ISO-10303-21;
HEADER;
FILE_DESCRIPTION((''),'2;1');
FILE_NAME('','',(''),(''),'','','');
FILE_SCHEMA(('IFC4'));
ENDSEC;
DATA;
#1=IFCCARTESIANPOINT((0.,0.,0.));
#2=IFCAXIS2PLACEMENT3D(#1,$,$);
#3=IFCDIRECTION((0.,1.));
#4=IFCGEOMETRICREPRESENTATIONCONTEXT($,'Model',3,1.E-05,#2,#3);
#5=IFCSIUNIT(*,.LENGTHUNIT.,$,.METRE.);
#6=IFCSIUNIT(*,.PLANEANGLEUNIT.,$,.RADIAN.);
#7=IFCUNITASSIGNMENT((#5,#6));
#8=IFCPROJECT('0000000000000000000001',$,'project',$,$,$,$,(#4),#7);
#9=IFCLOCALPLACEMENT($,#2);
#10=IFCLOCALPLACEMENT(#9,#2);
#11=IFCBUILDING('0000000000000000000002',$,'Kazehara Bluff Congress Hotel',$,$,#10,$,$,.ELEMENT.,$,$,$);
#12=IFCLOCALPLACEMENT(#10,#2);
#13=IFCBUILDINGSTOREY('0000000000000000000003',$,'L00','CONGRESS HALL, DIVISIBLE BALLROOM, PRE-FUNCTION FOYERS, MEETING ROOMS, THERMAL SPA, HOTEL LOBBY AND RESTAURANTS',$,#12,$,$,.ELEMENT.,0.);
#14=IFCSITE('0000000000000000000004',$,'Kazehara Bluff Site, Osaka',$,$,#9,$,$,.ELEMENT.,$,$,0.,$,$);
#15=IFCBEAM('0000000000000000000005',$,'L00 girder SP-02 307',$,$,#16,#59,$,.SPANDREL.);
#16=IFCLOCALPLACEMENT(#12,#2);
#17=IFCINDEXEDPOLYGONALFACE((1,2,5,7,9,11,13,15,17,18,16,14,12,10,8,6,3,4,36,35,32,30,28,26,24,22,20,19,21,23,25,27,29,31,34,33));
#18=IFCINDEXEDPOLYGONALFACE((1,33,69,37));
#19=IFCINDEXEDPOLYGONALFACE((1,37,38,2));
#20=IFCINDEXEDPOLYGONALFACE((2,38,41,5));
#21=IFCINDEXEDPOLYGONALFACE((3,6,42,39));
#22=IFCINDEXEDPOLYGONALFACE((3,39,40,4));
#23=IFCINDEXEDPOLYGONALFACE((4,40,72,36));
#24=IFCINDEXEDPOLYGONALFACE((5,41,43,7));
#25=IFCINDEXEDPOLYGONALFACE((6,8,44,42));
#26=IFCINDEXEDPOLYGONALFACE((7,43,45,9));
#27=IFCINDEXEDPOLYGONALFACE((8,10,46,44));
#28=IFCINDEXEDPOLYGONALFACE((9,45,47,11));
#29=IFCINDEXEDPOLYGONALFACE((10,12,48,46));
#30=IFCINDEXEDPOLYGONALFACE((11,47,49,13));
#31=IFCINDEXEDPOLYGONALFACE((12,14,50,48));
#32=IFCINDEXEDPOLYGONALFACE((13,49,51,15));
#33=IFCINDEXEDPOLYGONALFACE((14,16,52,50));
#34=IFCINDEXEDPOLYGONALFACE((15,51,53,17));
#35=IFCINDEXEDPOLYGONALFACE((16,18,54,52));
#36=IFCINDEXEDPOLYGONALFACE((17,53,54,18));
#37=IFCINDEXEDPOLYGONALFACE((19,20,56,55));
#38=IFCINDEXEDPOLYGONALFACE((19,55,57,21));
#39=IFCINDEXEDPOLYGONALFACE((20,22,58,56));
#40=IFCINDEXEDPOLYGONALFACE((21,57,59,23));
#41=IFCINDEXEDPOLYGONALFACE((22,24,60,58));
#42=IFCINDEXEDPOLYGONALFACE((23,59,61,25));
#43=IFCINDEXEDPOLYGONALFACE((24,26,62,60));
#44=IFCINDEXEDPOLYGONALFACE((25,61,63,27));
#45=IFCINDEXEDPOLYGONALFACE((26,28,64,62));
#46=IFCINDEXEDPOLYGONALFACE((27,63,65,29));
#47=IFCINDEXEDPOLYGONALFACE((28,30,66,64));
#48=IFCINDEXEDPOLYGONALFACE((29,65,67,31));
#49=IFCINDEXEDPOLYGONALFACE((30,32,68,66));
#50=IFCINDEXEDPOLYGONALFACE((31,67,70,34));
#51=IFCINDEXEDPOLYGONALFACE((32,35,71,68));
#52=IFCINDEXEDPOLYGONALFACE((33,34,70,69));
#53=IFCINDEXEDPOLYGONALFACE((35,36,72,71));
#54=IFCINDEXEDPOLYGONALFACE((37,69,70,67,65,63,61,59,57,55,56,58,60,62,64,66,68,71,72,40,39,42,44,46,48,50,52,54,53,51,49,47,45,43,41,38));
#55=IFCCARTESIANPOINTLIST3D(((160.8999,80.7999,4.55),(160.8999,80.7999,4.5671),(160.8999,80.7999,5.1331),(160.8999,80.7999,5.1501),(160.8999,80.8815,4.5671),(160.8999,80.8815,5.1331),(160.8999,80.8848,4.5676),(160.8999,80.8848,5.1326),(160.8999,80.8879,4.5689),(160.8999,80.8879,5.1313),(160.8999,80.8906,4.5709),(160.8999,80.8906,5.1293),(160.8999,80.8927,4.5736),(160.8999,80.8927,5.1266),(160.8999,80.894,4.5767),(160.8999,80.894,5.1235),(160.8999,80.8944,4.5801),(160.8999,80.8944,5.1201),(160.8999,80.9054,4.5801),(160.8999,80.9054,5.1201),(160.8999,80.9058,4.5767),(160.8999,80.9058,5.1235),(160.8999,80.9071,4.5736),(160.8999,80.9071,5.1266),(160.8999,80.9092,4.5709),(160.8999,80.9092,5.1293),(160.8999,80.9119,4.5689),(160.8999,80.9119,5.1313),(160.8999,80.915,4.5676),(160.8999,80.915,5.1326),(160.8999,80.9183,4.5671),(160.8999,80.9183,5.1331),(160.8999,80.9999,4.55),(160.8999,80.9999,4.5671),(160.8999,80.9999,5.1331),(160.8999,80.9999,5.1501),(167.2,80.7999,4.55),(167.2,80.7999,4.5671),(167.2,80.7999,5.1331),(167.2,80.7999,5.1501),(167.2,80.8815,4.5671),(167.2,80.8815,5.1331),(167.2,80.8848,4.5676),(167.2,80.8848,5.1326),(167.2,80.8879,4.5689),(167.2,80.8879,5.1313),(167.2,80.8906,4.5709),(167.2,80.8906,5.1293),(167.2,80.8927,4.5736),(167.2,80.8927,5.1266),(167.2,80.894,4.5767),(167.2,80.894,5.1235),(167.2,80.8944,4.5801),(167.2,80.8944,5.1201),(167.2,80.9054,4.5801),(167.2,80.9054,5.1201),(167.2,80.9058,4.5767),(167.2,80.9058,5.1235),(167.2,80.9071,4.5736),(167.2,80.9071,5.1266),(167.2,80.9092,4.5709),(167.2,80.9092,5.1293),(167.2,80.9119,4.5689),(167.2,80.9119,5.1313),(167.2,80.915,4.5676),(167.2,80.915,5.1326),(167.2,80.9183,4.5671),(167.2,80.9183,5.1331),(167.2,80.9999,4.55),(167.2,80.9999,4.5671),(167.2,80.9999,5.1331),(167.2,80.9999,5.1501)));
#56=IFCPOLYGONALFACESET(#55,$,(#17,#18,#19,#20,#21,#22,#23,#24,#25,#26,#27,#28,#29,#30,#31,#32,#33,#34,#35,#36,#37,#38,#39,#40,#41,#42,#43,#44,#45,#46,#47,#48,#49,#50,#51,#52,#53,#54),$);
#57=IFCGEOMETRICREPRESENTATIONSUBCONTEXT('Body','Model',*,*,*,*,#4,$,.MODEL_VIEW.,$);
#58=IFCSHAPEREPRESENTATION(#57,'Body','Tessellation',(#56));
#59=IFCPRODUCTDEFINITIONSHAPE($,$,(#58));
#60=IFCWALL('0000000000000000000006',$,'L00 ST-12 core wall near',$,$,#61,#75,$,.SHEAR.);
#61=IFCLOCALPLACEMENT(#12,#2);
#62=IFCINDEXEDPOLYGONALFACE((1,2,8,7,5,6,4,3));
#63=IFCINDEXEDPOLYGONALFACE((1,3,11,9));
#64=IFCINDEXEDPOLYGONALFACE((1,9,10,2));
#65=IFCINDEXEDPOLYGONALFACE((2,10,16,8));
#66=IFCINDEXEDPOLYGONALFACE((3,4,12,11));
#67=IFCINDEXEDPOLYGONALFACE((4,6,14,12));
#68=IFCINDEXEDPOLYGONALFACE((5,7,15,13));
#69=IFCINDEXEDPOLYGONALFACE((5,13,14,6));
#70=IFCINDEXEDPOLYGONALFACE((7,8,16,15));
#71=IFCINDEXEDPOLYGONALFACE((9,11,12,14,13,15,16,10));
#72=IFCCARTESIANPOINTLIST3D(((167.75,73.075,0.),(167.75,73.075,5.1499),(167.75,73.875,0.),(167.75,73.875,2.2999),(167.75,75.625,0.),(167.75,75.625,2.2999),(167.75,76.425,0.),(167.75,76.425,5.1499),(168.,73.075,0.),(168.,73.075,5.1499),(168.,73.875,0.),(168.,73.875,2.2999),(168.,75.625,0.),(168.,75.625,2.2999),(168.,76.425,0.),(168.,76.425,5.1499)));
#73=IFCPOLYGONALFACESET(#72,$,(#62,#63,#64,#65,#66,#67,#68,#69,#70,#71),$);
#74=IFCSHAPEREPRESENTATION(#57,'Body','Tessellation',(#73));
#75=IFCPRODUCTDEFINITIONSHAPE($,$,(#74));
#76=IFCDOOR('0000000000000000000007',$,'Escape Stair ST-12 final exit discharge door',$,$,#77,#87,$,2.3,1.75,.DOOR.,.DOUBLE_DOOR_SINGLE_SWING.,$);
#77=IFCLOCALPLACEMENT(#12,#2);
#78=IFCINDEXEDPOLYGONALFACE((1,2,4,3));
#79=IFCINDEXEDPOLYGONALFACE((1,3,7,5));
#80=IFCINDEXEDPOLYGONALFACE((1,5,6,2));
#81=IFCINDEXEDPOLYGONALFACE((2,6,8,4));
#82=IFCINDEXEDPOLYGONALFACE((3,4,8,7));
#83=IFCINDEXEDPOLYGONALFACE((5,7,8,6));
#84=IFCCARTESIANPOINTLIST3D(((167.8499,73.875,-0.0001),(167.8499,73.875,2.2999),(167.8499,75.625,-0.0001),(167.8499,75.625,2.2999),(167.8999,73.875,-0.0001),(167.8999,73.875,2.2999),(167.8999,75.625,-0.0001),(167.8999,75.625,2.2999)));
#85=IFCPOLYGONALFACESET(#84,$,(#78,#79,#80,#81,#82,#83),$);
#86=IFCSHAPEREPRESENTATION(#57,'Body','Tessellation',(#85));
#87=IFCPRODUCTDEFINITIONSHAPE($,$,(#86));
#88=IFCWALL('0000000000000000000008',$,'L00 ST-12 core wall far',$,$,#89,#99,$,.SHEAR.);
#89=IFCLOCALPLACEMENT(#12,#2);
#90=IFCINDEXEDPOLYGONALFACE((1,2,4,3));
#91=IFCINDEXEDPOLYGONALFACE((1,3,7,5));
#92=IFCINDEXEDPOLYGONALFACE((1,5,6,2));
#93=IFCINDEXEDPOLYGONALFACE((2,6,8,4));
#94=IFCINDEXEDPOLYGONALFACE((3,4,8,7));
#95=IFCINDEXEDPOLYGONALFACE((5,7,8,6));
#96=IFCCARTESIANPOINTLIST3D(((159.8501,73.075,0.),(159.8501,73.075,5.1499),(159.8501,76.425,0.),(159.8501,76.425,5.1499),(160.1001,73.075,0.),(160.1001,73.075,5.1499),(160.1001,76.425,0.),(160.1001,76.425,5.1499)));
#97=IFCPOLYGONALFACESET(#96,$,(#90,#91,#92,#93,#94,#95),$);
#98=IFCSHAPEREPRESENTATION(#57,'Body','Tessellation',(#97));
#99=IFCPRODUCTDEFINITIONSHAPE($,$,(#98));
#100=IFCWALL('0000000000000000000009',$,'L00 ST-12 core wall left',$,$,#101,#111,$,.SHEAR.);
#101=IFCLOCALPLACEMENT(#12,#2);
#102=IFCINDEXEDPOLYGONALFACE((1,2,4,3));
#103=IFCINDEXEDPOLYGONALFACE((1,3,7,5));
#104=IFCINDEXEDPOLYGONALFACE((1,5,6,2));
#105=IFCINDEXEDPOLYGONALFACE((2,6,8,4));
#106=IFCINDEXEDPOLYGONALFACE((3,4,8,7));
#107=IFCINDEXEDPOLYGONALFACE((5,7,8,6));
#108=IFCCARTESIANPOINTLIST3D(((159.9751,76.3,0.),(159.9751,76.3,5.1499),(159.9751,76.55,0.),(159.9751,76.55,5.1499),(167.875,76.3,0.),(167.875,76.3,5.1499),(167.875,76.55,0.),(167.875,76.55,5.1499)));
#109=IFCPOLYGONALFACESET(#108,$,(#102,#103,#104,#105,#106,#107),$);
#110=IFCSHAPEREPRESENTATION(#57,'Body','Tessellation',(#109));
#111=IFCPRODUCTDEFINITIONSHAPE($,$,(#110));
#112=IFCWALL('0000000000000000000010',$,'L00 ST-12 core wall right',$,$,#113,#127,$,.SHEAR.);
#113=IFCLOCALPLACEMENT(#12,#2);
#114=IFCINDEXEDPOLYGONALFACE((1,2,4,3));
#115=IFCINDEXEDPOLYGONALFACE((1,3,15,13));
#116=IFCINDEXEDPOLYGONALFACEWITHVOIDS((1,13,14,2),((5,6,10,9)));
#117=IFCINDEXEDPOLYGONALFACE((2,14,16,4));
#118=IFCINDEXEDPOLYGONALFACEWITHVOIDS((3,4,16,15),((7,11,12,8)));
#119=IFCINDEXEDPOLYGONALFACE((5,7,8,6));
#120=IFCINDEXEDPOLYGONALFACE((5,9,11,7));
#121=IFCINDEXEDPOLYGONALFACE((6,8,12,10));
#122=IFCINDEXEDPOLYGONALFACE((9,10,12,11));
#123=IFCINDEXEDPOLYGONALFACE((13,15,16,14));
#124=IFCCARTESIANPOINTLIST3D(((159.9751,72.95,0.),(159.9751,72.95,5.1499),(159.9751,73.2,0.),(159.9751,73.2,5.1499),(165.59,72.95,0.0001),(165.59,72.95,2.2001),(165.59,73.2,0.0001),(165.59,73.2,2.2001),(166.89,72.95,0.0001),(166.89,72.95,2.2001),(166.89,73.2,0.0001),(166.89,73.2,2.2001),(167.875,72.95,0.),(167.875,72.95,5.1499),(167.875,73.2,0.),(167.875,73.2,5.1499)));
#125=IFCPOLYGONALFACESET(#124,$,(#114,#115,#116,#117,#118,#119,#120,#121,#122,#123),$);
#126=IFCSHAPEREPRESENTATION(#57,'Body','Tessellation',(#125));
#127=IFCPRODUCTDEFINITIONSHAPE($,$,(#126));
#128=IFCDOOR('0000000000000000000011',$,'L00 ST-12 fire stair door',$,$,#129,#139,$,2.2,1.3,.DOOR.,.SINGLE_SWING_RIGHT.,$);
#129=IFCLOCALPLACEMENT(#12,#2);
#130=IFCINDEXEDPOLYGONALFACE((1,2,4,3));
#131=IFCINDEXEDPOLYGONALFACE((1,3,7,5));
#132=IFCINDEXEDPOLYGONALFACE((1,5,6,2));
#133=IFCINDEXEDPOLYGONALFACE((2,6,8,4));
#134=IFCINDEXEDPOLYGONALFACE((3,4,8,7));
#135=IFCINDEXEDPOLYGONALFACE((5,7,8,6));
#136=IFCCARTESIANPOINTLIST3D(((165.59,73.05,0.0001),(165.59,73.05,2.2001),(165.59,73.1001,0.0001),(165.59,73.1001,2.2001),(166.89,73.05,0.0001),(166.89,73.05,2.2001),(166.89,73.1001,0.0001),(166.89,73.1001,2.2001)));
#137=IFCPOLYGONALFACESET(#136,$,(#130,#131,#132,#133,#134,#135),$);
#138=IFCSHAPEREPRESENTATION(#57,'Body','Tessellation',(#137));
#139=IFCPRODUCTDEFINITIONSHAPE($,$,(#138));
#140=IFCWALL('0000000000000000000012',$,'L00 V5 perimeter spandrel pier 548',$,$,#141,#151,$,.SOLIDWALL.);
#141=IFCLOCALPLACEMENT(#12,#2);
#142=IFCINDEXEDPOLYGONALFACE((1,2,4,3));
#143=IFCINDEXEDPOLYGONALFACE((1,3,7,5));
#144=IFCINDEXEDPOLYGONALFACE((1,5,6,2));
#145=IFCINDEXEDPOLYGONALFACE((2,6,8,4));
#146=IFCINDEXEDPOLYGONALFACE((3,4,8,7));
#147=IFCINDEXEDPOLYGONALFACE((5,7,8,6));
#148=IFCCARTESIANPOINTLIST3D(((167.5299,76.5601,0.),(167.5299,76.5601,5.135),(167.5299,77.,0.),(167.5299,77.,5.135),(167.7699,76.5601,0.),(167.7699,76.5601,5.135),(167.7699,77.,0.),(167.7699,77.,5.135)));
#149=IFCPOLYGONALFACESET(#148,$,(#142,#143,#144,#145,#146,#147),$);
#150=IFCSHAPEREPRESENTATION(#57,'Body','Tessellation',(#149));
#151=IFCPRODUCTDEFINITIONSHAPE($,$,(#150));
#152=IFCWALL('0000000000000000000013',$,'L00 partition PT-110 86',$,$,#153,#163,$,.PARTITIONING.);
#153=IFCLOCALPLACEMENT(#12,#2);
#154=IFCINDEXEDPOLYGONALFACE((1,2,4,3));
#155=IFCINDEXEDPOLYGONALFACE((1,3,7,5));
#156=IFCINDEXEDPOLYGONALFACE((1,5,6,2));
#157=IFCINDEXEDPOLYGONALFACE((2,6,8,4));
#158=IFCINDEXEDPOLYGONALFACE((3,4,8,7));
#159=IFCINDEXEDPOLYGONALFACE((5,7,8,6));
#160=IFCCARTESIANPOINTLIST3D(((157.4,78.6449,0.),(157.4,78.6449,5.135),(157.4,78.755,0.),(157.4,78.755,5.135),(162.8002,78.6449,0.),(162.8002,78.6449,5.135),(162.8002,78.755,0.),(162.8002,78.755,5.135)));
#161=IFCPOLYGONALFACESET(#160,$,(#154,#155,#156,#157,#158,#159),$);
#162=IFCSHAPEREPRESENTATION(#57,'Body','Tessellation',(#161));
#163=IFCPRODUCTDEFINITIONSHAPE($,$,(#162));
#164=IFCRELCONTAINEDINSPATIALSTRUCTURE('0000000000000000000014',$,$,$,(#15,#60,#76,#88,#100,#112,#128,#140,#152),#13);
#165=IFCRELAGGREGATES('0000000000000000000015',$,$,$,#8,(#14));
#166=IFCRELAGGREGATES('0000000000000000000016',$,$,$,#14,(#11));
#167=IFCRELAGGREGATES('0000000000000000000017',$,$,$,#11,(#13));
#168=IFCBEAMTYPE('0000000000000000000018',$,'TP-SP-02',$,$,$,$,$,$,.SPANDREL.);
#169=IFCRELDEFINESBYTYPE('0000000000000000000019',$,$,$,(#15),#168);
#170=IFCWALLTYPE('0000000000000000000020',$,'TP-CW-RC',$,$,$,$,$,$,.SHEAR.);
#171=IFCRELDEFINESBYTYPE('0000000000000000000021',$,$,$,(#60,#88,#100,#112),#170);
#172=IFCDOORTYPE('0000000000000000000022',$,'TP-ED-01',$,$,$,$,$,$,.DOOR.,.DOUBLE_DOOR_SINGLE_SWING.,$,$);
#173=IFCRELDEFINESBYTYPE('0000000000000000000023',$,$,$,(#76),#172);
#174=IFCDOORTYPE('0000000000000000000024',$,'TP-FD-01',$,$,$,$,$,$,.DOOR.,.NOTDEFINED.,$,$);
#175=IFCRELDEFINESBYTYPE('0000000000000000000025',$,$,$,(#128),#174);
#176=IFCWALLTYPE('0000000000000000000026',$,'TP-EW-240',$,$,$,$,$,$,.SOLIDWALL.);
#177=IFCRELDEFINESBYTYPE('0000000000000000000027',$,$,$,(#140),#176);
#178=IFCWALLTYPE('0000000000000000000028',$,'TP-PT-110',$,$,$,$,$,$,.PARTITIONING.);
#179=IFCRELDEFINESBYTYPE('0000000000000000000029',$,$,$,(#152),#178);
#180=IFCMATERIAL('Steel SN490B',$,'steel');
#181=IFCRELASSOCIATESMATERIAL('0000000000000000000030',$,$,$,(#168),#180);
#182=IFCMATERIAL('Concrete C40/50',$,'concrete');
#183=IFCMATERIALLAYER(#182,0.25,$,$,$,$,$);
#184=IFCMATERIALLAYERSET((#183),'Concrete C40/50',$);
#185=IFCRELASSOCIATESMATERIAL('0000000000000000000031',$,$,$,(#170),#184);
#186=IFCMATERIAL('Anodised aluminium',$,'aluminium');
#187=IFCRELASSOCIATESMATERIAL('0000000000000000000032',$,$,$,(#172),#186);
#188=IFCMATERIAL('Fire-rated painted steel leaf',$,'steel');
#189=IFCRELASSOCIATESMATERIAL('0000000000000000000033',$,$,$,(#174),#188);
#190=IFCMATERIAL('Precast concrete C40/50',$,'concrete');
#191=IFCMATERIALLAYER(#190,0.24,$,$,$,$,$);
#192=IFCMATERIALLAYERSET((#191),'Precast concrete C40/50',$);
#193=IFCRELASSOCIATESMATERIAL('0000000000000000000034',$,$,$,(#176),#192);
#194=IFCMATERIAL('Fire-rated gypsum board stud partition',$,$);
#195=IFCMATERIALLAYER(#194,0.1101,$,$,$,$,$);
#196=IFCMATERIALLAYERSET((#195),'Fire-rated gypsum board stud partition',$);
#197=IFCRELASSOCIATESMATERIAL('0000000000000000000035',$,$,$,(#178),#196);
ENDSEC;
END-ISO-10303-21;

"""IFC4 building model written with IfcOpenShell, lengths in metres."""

from ifc_helpers import new_model, si_unit, direction, frame, frame_2d, origin, origin_2d, place, context, subcontext, project, spatial, rectangle, i_section, extrude, material, layer, layer_set, material_profile, profile_set, type_object, element, fill, save


model = new_model("IFC4")

# Units and contexts
model_context = context("Model", 3, precision=1e-05, world=origin(), true_north=direction((0.0, 1.0)))
body_context = subcontext(model_context, "Body", "Model", "MODEL_VIEW")
ifc_project = project(units=[si_unit("LENGTHUNIT", "METRE"), si_unit("PLANEANGLEUNIT", "RADIAN")], contexts=[model_context])

# Site, building, storey
site_placement = place(None, origin())
site = spatial("IfcSite", under=ifc_project, at=site_placement, Name="Kazehara Bluff Site, Osaka", CompositionType="ELEMENT", RefElevation=0.0)
building_placement = place(site_placement, origin())
building = spatial("IfcBuilding", under=site, at=building_placement, Name="Kazehara Bluff Congress Hotel", CompositionType="ELEMENT")
storey_placement = place(building_placement, origin())
storey = spatial("IfcBuildingStorey", under=building, at=storey_placement, Name="L00", Description="CONGRESS HALL, DIVISIBLE BALLROOM, PRE-FUNCTION FOYERS, MEETING ROOMS, THERMAL SPA, HOTEL LOBBY AND RESTAURANTS", CompositionType="ELEMENT", Elevation=0.0)

# Beam
ifc_material_1 = material(Name="Steel SN490B", Category="steel")
ifc_material_profile_1 = material_profile(ifc_material_1, i_section(OverallWidth=0.2, OverallDepth=0.6001, WebThickness=0.011, FlangeThickness=0.0171, FilletRadius=0.0129, at=origin_2d()))
ifc_profile_set_1 = profile_set([ifc_material_profile_1], Name="Steel SN490B")
beam_type_1 = type_object("IfcBeamType", Name="TP-SP-02", PredefinedType="SPANDREL", material=ifc_profile_set_1)
beam_1_placement = place(storey_placement, frame((160.8999, 80.8999, 4.8501), z_axis=(1.0, 0.0, 0.0), x_axis=(0.0, 1.0, 0.0)))
element("IfcBeam", 1, at=beam_1_placement, inside=storey, type_object=beam_type_1, Name="L00 girder SP-02 307", PredefinedType="SPANDREL", context=body_context, shape_type="SweptSolid", body=[
    extrude(i_section(OverallWidth=0.2, OverallDepth=0.6001, WebThickness=0.011, FlangeThickness=0.0171, FilletRadius=0.0129, at=origin_2d()), origin(), (0.0, 0.0, 1.0), 6.3),
])

# Wall, opening, door
ifc_material_2 = material(Name="Concrete C40/50", Category="concrete")
ifc_layer_1 = layer(ifc_material_2, 0.25)
ifc_layer_set_1 = layer_set([ifc_layer_1], Name="Concrete C40/50")
wall_type_1 = type_object("IfcWallType", Name="TP-CW-RC", PredefinedType="SHEAR", material=ifc_layer_set_1)
wall_1_placement = place(storey_placement, frame((167.875, 76.425, 0.0), z_axis=(0.0, 0.0, 1.0), x_axis=(0.0, -1.0, 0.0)))
wall_1 = element("IfcWall", 2, at=wall_1_placement, inside=storey, type_object=wall_type_1, Name="L00 ST-12 core wall near", PredefinedType="SHEAR", context=body_context, shape_type="SweptSolid", body=[
    extrude(rectangle(XDim=3.3501, YDim=0.25, at=frame_2d((1.675, 0.0))), origin(), (0.0, 0.0, 1.0), 5.1499),
])
opening_1_placement = place(wall_1_placement, frame((0.8, 0.0, 0.0)))
opening_1 = element("IfcOpeningElement", 3, at=opening_1_placement, cuts=wall_1, PredefinedType="OPENING", context=body_context, shape_type="SweptSolid", body=[
    extrude(rectangle(XDim=1.75, YDim=2.3, at=frame_2d((0.875, 1.1499))), frame((0.0, 0.135, 0.0), z_axis=(0.0, -1.0, 0.0), x_axis=(1.0, 0.0, 0.0)), (0.0, 0.0, 1.0), 0.27),
])
ifc_material_3 = material(Name="Anodised aluminium", Category="aluminium")
door_type_1 = type_object("IfcDoorType", Name="TP-ED-01", OperationType="DOUBLE_DOOR_SINGLE_SWING", PredefinedType="DOOR", material=ifc_material_3)
door_1_placement = place(opening_1_placement, origin())
door_1 = element("IfcDoor", 4, at=door_1_placement, inside=storey, type_object=door_type_1, Name="Escape Stair ST-12 final exit discharge door", OperationType="DOUBLE_DOOR_SINGLE_SWING", OverallHeight=2.3, OverallWidth=1.75, PredefinedType="DOOR", context=body_context, shape_type="SweptSolid", body=[
    extrude(rectangle(XDim=1.75, YDim=2.3, at=frame_2d((0.875, 1.1499))), frame((0.0, 0.0249, 0.0), z_axis=(0.0, -1.0, 0.0), x_axis=(1.0, 0.0, 0.0)), (0.0, 0.0, 1.0), 0.05),
])
fill(opening_1, door_1)

# Walls
wall_2_placement = place(storey_placement, frame((159.9751, 73.075, 0.0), z_axis=(0.0, 0.0, 1.0), x_axis=(0.0, 1.0, 0.0)))
element("IfcWall", 5, at=wall_2_placement, inside=storey, type_object=wall_type_1, Name="L00 ST-12 core wall far", PredefinedType="SHEAR", context=body_context, shape_type="SweptSolid", body=[
    extrude(rectangle(XDim=3.3501, YDim=0.25, at=frame_2d((1.675, 0.0))), origin(), (0.0, 0.0, 1.0), 5.1499),
])
wall_3_placement = place(storey_placement, frame((159.9751, 76.425, 0.0), z_axis=(0.0, 0.0, 1.0), x_axis=(1.0, 0.0, 0.0)))
element("IfcWall", 6, at=wall_3_placement, inside=storey, type_object=wall_type_1, Name="L00 ST-12 core wall left", PredefinedType="SHEAR", context=body_context, shape_type="SweptSolid", body=[
    extrude(rectangle(XDim=7.8999, YDim=0.25, at=frame_2d((3.95, 0.0))), origin(), (0.0, 0.0, 1.0), 5.1499),
])

# Wall, opening, door
wall_4_placement = place(storey_placement, frame((167.875, 73.075, 0.0), z_axis=(0.0, 0.0, 1.0), x_axis=(-1.0, 0.0, 0.0)))
wall_4 = element("IfcWall", 7, at=wall_4_placement, inside=storey, type_object=wall_type_1, Name="L00 ST-12 core wall right", PredefinedType="SHEAR", context=body_context, shape_type="SweptSolid", body=[
    extrude(rectangle(XDim=7.8999, YDim=0.25, at=frame_2d((3.95, 0.0))), origin(), (0.0, 0.0, 1.0), 5.1499),
])
opening_2_placement = place(wall_4_placement, frame((0.9851, 0.0, 0.0)))
opening_2 = element("IfcOpeningElement", 8, at=opening_2_placement, cuts=wall_4, PredefinedType="OPENING", context=body_context, shape_type="SweptSolid", body=[
    extrude(rectangle(XDim=1.3, YDim=2.2, at=frame_2d((0.6499, 1.1001))), frame((0.0, 0.135, 0.0), z_axis=(0.0, -1.0, 0.0), x_axis=(1.0, 0.0, 0.0)), (0.0, 0.0, 1.0), 0.27),
])
ifc_material_4 = material(Name="Fire-rated painted steel leaf", Category="steel")
door_type_2 = type_object("IfcDoorType", Name="TP-FD-01", OperationType="NOTDEFINED", PredefinedType="DOOR", material=ifc_material_4)
door_2_placement = place(opening_2_placement, origin())
door_2 = element("IfcDoor", 9, at=door_2_placement, inside=storey, type_object=door_type_2, Name="L00 ST-12 fire stair door", OperationType="SINGLE_SWING_RIGHT", OverallHeight=2.2, OverallWidth=1.3, PredefinedType="DOOR", context=body_context, shape_type="SweptSolid", body=[
    extrude(rectangle(XDim=1.3, YDim=2.2, at=frame_2d((0.6499, 1.1001))), frame((0.0, 0.0249, 0.0), z_axis=(0.0, -1.0, 0.0), x_axis=(1.0, 0.0, 0.0)), (0.0, 0.0, 1.0), 0.05),
])
fill(opening_2, door_2)

# Walls
ifc_material_5 = material(Name="Precast concrete C40/50", Category="concrete")
ifc_layer_2 = layer(ifc_material_5, 0.24)
ifc_layer_set_2 = layer_set([ifc_layer_2], Name="Precast concrete C40/50")
wall_type_2 = type_object("IfcWallType", Name="TP-EW-240", PredefinedType="SOLIDWALL", material=ifc_layer_set_2)
wall_5_placement = place(storey_placement, frame((167.6499, 77.0, 0.0), z_axis=(0.0, 0.0, 1.0), x_axis=(0.0, -1.0, 0.0)))
element("IfcWall", 10, at=wall_5_placement, inside=storey, type_object=wall_type_2, Name="L00 V5 perimeter spandrel pier 548", PredefinedType="SOLIDWALL", context=body_context, shape_type="SweptSolid", body=[
    extrude(rectangle(XDim=0.4399, YDim=0.24, at=frame_2d((0.22, 0.0))), origin(), (0.0, 0.0, 1.0), 5.135),
])
ifc_material_6 = material(Name="Fire-rated gypsum board stud partition")
ifc_layer_3 = layer(ifc_material_6, 0.1101)
ifc_layer_set_3 = layer_set([ifc_layer_3], Name="Fire-rated gypsum board stud partition")
wall_type_3 = type_object("IfcWallType", Name="TP-PT-110", PredefinedType="PARTITIONING", material=ifc_layer_set_3)
wall_6_placement = place(storey_placement, frame((157.3999, 78.7, 0.0), z_axis=(0.0, 0.0, 1.0), x_axis=(1.0, 0.0, 0.0)))
element("IfcWall", 11, at=wall_6_placement, inside=storey, type_object=wall_type_3, Name="L00 partition PT-110 86", PredefinedType="PARTITIONING", context=body_context, shape_type="SweptSolid", body=[
    extrude(rectangle(XDim=5.4001, YDim=0.1101, at=frame_2d((2.7002, 0.0))), origin(), (0.0, 0.0, 1.0), 5.135),
])

save(model, "model.ifc")
